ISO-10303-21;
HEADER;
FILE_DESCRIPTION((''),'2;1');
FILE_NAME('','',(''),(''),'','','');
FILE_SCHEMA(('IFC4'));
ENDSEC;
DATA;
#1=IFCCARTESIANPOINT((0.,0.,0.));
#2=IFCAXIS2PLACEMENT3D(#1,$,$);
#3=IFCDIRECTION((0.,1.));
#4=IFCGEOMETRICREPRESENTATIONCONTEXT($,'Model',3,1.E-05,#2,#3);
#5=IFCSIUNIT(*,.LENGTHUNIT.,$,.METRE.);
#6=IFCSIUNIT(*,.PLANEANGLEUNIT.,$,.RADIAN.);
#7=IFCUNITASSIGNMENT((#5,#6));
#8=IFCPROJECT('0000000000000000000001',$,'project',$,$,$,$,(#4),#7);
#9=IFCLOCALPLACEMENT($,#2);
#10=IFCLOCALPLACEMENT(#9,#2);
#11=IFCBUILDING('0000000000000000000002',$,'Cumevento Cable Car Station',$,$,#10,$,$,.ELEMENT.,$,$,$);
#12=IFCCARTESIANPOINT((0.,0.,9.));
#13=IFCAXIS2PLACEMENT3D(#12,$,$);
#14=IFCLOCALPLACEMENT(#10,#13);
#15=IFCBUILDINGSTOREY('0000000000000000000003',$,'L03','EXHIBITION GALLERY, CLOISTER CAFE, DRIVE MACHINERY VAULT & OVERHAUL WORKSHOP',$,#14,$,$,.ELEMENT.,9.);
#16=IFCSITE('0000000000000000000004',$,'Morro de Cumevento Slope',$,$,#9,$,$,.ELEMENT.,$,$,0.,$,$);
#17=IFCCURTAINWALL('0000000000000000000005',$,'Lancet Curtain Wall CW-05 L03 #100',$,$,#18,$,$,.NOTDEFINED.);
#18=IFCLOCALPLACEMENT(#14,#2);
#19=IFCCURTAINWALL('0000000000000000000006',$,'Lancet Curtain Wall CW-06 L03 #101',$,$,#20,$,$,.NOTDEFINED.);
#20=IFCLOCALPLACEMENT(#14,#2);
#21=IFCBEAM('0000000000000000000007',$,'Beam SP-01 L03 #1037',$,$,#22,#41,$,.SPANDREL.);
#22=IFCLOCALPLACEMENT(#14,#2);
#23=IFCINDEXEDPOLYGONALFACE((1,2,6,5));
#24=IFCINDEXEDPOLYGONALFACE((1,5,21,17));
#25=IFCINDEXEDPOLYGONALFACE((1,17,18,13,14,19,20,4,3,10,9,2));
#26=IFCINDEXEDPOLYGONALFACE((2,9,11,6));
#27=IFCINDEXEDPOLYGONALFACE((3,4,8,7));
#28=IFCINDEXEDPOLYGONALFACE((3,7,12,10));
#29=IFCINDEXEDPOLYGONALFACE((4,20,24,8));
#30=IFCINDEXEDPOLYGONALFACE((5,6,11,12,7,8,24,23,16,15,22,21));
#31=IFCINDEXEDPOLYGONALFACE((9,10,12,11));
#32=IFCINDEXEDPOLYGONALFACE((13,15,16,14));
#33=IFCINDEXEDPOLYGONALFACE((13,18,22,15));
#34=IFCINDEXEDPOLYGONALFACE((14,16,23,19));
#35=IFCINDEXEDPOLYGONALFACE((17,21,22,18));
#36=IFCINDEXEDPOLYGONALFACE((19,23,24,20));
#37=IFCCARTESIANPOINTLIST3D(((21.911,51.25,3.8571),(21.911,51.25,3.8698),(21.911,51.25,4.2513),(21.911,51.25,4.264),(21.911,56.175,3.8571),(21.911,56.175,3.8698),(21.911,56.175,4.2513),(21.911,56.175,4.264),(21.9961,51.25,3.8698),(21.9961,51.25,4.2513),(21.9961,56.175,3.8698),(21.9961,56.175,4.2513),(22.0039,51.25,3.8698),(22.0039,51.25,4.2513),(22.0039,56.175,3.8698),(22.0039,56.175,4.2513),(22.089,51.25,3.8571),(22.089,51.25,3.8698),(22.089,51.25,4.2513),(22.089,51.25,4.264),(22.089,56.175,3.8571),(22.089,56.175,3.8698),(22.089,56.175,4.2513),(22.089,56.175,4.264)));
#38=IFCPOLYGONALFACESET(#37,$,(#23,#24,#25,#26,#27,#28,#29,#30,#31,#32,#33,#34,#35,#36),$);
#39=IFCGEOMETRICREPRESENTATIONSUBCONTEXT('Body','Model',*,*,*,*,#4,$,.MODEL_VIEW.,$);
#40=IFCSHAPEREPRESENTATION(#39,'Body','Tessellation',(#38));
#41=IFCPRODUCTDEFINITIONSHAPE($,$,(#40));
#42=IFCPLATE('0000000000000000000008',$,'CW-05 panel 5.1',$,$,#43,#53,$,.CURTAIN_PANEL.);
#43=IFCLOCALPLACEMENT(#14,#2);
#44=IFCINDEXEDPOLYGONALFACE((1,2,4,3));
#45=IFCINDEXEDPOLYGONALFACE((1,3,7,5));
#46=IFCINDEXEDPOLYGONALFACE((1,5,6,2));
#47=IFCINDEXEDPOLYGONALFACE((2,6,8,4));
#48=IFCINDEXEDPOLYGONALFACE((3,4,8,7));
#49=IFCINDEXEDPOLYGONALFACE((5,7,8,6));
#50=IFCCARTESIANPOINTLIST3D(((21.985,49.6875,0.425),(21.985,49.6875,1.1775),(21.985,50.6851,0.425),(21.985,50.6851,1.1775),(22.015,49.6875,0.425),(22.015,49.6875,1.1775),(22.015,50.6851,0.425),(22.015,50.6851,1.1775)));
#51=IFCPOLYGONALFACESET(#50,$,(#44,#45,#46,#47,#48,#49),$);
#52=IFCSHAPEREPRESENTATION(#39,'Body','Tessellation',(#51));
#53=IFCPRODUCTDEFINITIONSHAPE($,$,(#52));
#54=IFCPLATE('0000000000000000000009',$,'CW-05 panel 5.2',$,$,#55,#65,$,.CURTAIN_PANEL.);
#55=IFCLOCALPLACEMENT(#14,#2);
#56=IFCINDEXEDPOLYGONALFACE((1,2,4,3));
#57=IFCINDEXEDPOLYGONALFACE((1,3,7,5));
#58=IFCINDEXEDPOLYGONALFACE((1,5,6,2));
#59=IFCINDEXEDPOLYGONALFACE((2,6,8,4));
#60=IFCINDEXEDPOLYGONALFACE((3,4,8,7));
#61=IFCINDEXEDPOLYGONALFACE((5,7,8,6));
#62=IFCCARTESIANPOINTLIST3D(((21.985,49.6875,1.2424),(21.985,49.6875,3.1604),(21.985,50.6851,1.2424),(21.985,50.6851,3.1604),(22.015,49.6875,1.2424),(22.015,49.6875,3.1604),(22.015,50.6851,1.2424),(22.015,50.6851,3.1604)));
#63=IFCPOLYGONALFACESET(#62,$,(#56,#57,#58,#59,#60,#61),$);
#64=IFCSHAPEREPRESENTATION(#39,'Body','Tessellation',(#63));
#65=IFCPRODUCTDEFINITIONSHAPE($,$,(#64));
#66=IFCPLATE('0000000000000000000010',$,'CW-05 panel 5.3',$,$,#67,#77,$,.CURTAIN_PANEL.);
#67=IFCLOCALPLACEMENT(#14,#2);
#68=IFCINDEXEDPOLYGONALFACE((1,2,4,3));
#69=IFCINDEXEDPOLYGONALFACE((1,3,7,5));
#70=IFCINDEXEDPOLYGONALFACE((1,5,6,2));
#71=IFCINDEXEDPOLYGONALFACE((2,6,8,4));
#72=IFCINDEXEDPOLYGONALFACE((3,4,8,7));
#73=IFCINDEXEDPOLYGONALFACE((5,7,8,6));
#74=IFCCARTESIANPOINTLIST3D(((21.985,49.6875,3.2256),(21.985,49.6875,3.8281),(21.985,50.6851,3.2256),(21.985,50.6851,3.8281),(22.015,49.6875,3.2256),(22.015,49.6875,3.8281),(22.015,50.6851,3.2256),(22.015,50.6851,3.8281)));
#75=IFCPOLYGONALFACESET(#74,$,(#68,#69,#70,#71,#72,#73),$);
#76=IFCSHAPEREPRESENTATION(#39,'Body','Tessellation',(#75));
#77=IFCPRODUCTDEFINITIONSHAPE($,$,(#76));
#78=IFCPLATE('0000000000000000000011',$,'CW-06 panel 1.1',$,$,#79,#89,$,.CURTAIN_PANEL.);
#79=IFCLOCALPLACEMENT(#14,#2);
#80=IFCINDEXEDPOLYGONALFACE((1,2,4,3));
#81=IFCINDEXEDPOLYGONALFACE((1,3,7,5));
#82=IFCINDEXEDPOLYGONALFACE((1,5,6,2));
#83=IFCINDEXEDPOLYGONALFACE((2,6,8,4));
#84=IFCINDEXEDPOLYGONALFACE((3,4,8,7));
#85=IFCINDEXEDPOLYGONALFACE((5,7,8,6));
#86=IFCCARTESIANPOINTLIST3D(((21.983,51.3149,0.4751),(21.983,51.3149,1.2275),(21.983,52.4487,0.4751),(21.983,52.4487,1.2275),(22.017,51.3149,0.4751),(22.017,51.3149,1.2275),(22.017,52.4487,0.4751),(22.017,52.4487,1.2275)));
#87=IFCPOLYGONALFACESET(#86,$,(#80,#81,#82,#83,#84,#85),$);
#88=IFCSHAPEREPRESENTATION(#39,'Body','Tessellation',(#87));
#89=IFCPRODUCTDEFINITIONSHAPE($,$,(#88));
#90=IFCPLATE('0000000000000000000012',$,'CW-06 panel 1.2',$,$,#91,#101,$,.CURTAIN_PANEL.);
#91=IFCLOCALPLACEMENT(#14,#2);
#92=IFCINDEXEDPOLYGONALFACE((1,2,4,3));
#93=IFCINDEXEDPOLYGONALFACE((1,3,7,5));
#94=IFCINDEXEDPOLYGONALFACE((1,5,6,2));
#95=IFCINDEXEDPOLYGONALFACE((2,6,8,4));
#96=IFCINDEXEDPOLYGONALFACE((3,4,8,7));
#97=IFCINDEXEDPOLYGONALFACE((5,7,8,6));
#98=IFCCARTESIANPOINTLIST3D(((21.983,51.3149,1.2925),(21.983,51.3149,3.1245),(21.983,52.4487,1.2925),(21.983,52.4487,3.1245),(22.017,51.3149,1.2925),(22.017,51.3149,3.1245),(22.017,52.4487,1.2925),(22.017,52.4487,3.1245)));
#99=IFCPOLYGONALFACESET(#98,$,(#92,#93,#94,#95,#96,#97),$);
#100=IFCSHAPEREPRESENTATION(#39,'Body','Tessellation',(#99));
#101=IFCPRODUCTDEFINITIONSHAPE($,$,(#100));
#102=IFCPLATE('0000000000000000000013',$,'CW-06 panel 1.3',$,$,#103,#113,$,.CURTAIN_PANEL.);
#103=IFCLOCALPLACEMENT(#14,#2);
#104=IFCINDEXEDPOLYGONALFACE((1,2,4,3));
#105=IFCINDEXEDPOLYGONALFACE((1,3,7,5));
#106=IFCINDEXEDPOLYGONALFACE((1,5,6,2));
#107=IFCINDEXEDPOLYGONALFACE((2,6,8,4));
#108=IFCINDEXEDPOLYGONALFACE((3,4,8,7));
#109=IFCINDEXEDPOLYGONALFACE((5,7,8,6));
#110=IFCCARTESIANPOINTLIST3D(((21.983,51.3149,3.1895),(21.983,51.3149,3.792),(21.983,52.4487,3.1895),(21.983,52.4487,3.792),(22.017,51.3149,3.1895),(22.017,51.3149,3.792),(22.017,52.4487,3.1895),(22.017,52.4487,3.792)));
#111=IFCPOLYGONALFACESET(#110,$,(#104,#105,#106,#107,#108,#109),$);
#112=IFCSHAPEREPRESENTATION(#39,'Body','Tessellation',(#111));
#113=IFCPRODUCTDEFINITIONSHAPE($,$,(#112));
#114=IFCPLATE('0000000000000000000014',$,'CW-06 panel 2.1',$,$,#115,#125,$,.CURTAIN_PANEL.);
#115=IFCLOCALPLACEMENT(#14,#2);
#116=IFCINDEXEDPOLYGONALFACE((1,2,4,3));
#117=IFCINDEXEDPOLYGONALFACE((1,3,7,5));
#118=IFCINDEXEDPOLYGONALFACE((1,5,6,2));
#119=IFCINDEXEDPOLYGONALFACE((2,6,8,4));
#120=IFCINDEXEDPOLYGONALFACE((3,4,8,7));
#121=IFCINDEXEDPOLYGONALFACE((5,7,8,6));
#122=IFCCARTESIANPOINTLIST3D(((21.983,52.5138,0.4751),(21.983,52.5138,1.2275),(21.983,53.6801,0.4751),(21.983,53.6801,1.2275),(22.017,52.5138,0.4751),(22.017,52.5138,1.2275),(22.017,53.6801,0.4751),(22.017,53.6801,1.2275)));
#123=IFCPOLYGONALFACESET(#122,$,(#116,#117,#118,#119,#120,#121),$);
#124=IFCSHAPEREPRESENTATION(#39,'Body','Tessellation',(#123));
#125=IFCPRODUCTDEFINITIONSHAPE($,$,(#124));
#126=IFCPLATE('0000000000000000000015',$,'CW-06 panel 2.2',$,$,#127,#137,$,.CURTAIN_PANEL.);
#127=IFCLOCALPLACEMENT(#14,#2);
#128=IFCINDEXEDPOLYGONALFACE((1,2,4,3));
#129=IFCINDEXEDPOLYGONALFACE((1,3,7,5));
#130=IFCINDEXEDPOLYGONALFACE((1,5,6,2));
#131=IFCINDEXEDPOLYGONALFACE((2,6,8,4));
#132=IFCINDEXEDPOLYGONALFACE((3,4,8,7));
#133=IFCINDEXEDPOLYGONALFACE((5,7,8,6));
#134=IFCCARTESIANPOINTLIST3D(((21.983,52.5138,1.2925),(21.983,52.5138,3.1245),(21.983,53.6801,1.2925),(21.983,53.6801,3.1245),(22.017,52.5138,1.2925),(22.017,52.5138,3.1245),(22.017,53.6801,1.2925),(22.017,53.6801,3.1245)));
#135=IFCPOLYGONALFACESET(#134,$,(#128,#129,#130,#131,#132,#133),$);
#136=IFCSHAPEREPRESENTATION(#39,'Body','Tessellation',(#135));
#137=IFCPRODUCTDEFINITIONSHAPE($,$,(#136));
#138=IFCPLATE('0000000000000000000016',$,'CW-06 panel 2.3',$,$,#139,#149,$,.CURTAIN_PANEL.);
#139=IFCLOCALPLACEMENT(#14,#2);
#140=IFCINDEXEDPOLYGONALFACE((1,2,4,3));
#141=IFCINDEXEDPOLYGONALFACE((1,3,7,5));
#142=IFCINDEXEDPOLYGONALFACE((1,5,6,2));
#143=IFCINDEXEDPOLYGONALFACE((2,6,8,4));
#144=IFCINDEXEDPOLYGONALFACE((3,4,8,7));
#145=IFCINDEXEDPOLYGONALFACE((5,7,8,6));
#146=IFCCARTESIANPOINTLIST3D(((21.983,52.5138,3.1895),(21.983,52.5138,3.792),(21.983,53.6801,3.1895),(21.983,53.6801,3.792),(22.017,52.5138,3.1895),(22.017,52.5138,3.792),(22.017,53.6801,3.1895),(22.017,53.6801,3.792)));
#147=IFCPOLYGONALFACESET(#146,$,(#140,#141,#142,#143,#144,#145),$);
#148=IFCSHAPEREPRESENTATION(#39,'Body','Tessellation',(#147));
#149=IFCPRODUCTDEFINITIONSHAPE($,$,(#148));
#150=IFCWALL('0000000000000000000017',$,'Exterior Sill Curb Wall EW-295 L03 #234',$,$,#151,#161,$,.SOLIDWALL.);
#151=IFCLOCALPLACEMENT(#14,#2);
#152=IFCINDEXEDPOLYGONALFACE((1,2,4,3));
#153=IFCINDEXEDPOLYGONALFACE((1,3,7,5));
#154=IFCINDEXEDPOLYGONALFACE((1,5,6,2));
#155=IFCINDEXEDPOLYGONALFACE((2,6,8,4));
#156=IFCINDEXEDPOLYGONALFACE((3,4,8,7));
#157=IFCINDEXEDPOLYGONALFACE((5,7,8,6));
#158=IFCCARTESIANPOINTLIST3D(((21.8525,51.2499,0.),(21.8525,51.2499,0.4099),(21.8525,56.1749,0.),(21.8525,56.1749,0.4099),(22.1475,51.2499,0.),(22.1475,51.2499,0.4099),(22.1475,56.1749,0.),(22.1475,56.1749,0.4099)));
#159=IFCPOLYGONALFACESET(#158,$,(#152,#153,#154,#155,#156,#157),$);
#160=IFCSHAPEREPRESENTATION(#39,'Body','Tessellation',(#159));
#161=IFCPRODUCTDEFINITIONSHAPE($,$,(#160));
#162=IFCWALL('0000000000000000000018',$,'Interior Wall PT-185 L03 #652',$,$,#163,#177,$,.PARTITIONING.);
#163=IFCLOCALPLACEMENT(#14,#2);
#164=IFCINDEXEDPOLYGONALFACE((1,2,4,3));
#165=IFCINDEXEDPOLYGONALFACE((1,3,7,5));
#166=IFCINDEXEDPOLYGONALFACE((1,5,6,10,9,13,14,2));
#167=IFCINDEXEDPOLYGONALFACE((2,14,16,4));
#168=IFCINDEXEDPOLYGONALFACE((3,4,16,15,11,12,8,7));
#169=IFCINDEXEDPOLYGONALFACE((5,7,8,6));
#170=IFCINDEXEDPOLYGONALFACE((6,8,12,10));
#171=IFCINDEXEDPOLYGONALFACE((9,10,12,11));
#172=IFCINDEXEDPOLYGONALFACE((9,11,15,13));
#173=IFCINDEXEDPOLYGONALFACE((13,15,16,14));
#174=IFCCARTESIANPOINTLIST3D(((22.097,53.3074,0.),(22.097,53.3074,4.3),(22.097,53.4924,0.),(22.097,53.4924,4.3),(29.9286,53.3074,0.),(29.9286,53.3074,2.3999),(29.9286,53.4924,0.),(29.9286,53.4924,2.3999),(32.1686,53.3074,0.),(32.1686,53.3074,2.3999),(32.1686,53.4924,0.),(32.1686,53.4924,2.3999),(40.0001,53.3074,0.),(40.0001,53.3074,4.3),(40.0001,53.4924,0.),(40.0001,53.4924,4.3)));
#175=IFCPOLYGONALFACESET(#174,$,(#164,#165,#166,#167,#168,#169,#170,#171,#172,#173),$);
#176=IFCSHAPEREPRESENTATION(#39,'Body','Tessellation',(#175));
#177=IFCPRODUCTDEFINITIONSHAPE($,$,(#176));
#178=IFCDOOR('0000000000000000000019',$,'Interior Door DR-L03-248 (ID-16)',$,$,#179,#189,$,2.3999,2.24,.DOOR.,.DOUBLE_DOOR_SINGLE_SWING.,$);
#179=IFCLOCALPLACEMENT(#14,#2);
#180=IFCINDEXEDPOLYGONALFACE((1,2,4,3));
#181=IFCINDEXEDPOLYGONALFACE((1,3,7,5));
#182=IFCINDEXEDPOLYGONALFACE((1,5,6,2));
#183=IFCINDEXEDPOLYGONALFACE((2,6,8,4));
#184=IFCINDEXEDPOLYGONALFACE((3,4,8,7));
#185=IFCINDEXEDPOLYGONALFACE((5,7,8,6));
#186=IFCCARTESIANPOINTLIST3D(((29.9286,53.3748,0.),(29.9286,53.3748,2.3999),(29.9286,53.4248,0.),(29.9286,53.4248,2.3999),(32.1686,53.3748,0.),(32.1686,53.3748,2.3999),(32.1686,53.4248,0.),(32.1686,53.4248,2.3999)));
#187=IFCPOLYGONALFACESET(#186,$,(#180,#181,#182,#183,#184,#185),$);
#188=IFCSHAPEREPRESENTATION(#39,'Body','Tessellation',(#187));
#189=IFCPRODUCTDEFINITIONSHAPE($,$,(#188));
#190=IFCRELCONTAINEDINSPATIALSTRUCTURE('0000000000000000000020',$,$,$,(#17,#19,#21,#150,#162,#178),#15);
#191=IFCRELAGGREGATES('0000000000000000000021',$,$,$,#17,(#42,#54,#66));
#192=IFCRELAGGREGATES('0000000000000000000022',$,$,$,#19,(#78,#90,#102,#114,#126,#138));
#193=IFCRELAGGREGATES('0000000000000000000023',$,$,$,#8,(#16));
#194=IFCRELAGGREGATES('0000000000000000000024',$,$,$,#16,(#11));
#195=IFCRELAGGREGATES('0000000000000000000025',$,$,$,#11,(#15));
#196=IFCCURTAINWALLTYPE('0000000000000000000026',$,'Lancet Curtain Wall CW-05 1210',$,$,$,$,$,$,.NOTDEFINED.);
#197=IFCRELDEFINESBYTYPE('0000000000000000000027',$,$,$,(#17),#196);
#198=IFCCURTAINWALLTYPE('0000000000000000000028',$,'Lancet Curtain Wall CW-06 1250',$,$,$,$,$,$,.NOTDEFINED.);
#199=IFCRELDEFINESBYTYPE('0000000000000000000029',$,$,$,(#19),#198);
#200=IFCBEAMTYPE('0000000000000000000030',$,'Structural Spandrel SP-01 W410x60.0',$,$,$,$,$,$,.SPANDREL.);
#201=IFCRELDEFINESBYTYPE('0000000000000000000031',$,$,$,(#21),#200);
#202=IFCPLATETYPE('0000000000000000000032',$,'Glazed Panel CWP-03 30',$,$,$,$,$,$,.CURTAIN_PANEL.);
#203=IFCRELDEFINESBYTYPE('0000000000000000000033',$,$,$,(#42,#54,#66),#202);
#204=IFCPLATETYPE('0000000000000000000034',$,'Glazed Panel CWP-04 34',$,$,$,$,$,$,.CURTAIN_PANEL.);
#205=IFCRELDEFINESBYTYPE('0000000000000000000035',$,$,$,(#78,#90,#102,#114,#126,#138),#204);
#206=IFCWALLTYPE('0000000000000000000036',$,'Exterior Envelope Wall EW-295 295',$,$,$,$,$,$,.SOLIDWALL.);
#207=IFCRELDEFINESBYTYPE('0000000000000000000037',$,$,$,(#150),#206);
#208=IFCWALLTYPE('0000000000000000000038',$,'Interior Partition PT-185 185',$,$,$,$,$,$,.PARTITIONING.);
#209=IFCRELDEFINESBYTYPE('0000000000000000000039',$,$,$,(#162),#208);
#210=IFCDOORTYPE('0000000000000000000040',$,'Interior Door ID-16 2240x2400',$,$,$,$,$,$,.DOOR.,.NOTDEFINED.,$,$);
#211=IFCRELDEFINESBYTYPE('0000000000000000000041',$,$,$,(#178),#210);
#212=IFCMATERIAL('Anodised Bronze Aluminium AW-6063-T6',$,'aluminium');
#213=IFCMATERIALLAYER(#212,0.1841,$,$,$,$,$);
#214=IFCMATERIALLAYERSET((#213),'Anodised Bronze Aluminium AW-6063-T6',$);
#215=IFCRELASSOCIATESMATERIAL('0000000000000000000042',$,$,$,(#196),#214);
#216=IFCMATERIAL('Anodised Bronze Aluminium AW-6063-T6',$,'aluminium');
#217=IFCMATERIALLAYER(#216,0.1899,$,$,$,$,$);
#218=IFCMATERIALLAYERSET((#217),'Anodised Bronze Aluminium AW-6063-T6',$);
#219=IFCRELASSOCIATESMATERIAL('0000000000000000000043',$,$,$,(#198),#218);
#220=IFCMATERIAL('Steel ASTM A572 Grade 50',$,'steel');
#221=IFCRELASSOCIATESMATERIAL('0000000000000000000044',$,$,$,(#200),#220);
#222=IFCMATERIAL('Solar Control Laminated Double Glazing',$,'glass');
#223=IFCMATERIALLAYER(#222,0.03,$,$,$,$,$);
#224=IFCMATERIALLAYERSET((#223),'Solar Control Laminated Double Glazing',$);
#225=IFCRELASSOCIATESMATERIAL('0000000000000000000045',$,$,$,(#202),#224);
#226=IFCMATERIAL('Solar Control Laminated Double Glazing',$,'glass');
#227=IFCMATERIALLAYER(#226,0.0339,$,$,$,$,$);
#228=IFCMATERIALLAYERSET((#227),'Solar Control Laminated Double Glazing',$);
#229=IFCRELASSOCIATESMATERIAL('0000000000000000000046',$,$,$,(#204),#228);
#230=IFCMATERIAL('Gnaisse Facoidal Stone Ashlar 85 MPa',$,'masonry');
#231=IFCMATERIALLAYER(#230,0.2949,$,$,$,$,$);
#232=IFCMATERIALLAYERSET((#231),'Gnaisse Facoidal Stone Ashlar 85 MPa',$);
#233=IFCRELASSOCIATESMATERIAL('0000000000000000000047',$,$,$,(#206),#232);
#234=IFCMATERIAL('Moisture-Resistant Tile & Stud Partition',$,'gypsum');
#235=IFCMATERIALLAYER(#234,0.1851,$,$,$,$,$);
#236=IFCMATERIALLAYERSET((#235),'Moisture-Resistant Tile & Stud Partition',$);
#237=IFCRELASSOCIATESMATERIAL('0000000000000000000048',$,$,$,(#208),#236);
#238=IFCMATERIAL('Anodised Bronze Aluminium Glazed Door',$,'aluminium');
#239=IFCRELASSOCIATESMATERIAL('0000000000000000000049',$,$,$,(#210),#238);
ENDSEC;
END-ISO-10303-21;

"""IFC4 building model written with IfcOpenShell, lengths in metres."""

from ifc_helpers import new_model, si_unit, direction, frame, frame_2d, origin, origin_2d, place, context, subcontext, project, spatial, rectangle, i_section, extrude, material, layer, layer_set, material_profile, profile_set, type_object, element, fill, aggregate, save


model = new_model("IFC4")

# Units and contexts
model_context = context("Model", 3, precision=1e-05, world=origin(), true_north=direction((0.0, 1.0)))
body_context = subcontext(model_context, "Body", "Model", "MODEL_VIEW")
ifc_project = project(units=[si_unit("LENGTHUNIT", "METRE"), si_unit("PLANEANGLEUNIT", "RADIAN")], contexts=[model_context])

# Site, building, storey
site_placement = place(None, origin())
site = spatial("IfcSite", under=ifc_project, at=site_placement, Name="Morro de Cumevento Slope", CompositionType="ELEMENT", RefElevation=0.0)
building_placement = place(site_placement, origin())
building = spatial("IfcBuilding", under=site, at=building_placement, Name="Cumevento Cable Car Station", CompositionType="ELEMENT")
storey_placement = place(building_placement, frame((0.0, 0.0, 9.0)))
storey = spatial("IfcBuildingStorey", under=building, at=storey_placement, Name="L03", Description="EXHIBITION GALLERY, CLOISTER CAFE, DRIVE MACHINERY VAULT & OVERHAUL WORKSHOP", CompositionType="ELEMENT", Elevation=9.0)

# Curtain wall
ifc_material_1 = material(Name="Anodised Bronze Aluminium AW-6063-T6", Category="aluminium")
ifc_layer_1 = layer(ifc_material_1, 0.1841)
ifc_layer_set_1 = layer_set([ifc_layer_1], Name="Anodised Bronze Aluminium AW-6063-T6")
curtain_wall_type_1 = type_object("IfcCurtainWallType", Name="Lancet Curtain Wall CW-05 1210", PredefinedType="NOTDEFINED", material=ifc_layer_set_1)
curtain_wall_1_placement = place(storey_placement, origin())
curtain_wall_1 = element("IfcCurtainWall", 1, at=curtain_wall_1_placement, inside=storey, type_object=curtain_wall_type_1, Name="Lancet Curtain Wall CW-05 L03 #100", PredefinedType="NOTDEFINED")

# Curtain wall
ifc_material_2 = material(Name="Anodised Bronze Aluminium AW-6063-T6", Category="aluminium")
ifc_layer_2 = layer(ifc_material_2, 0.1899)
ifc_layer_set_2 = layer_set([ifc_layer_2], Name="Anodised Bronze Aluminium AW-6063-T6")
curtain_wall_type_2 = type_object("IfcCurtainWallType", Name="Lancet Curtain Wall CW-06 1250", PredefinedType="NOTDEFINED", material=ifc_layer_set_2)
curtain_wall_2_placement = place(storey_placement, origin())
curtain_wall_2 = element("IfcCurtainWall", 2, at=curtain_wall_2_placement, inside=storey, type_object=curtain_wall_type_2, Name="Lancet Curtain Wall CW-06 L03 #101", PredefinedType="NOTDEFINED")

# Beam
ifc_material_3 = material(Name="Steel ASTM A572 Grade 50", Category="steel")
ifc_material_profile_1 = material_profile(ifc_material_3, i_section(OverallWidth=0.178, OverallDepth=0.407, WebThickness=0.0078, FlangeThickness=0.0127, at=origin_2d()), Name="W410x60.0")
ifc_profile_set_1 = profile_set([ifc_material_profile_1], Name="Steel ASTM A572 Grade 50")
beam_type_1 = type_object("IfcBeamType", Name="Structural Spandrel SP-01 W410x60.0", PredefinedType="SPANDREL", material=ifc_profile_set_1)
beam_1_placement = place(storey_placement, frame((22.0, 51.25, 4.0605), z_axis=(0.0, 1.0, 0.0), x_axis=(-1.0, 0.0, 0.0)))
element("IfcBeam", 3, at=beam_1_placement, inside=storey, type_object=beam_type_1, Name="Beam SP-01 L03 #1037", PredefinedType="SPANDREL", context=body_context, shape_type="SweptSolid", body=[
    extrude(i_section(OverallWidth=0.178, OverallDepth=0.407, WebThickness=0.0078, FlangeThickness=0.0127, at=origin_2d()), origin(), (0.0, 0.0, 1.0), 4.925),
])

# Plates
ifc_material_4 = material(Name="Solar Control Laminated Double Glazing", Category="glass")
ifc_layer_3 = layer(ifc_material_4, 0.03)
ifc_layer_set_3 = layer_set([ifc_layer_3], Name="Solar Control Laminated Double Glazing")
plate_type_1 = type_object("IfcPlateType", Name="Glazed Panel CWP-03 30", PredefinedType="CURTAIN_PANEL", material=ifc_layer_set_3)
plate_1_placement = place(storey_placement, frame((22.0, 50.1863, 0.425), z_axis=(0.0, 0.0, 1.0), x_axis=(0.0, 1.0, 0.0)))
plate_1 = element("IfcPlate", 4, at=plate_1_placement, type_object=plate_type_1, Name="CW-05 panel 5.1", PredefinedType="CURTAIN_PANEL", context=body_context, shape_type="SweptSolid", body=[
    extrude(rectangle(XDim=0.9976, YDim=0.03, at=origin_2d()), origin(), (0.0, 0.0, 1.0), 0.7524),
])
plate_2_placement = place(storey_placement, frame((22.0, 50.1863, 1.2424), z_axis=(0.0, 0.0, 1.0), x_axis=(0.0, 1.0, 0.0)))
plate_2 = element("IfcPlate", 5, at=plate_2_placement, type_object=plate_type_1, Name="CW-05 panel 5.2", PredefinedType="CURTAIN_PANEL", context=body_context, shape_type="SweptSolid", body=[
    extrude(rectangle(XDim=0.9976, YDim=0.03, at=origin_2d()), origin(), (0.0, 0.0, 1.0), 1.918),
])
plate_3_placement = place(storey_placement, frame((22.0, 50.1863, 3.2256), z_axis=(0.0, 0.0, 1.0), x_axis=(0.0, 1.0, 0.0)))
plate_3 = element("IfcPlate", 6, at=plate_3_placement, type_object=plate_type_1, Name="CW-05 panel 5.3", PredefinedType="CURTAIN_PANEL", context=body_context, shape_type="SweptSolid", body=[
    extrude(rectangle(XDim=0.9976, YDim=0.03, at=origin_2d()), origin(), (0.0, 0.0, 1.0), 0.6025),
])
aggregate(curtain_wall_1, [plate_1, plate_2, plate_3])
ifc_material_5 = material(Name="Solar Control Laminated Double Glazing", Category="glass")
ifc_layer_4 = layer(ifc_material_5, 0.0339)
ifc_layer_set_4 = layer_set([ifc_layer_4], Name="Solar Control Laminated Double Glazing")
plate_type_2 = type_object("IfcPlateType", Name="Glazed Panel CWP-04 34", PredefinedType="CURTAIN_PANEL", material=ifc_layer_set_4)
plate_4_placement = place(storey_placement, frame((22.0, 51.8818, 0.4751), z_axis=(0.0, 0.0, 1.0), x_axis=(0.0, 1.0, 0.0)))
plate_4 = element("IfcPlate", 7, at=plate_4_placement, type_object=plate_type_2, Name="CW-06 panel 1.1", PredefinedType="CURTAIN_PANEL", context=body_context, shape_type="SweptSolid", body=[
    extrude(rectangle(XDim=1.1338, YDim=0.0339, at=origin_2d()), origin(), (0.0, 0.0, 1.0), 0.7524),
])
plate_5_placement = place(storey_placement, frame((22.0, 51.8818, 1.2925), z_axis=(0.0, 0.0, 1.0), x_axis=(0.0, 1.0, 0.0)))
plate_5 = element("IfcPlate", 8, at=plate_5_placement, type_object=plate_type_2, Name="CW-06 panel 1.2", PredefinedType="CURTAIN_PANEL", context=body_context, shape_type="SweptSolid", body=[
    extrude(rectangle(XDim=1.1338, YDim=0.0339, at=origin_2d()), origin(), (0.0, 0.0, 1.0), 1.832),
])
plate_6_placement = place(storey_placement, frame((22.0, 51.8818, 3.1895), z_axis=(0.0, 0.0, 1.0), x_axis=(0.0, 1.0, 0.0)))
plate_6 = element("IfcPlate", 9, at=plate_6_placement, type_object=plate_type_2, Name="CW-06 panel 1.3", PredefinedType="CURTAIN_PANEL", context=body_context, shape_type="SweptSolid", body=[
    extrude(rectangle(XDim=1.1338, YDim=0.0339, at=origin_2d()), origin(), (0.0, 0.0, 1.0), 0.6025),
])
plate_7_placement = place(storey_placement, frame((22.0, 53.0969, 0.4751), z_axis=(0.0, 0.0, 1.0), x_axis=(0.0, 1.0, 0.0)))
plate_7 = element("IfcPlate", 10, at=plate_7_placement, type_object=plate_type_2, Name="CW-06 panel 2.1", PredefinedType="CURTAIN_PANEL", context=body_context, shape_type="SweptSolid", body=[
    extrude(rectangle(XDim=1.1663, YDim=0.0339, at=origin_2d()), origin(), (0.0, 0.0, 1.0), 0.7524),
])
plate_8_placement = place(storey_placement, frame((22.0, 53.0969, 1.2925), z_axis=(0.0, 0.0, 1.0), x_axis=(0.0, 1.0, 0.0)))
plate_8 = element("IfcPlate", 11, at=plate_8_placement, type_object=plate_type_2, Name="CW-06 panel 2.2", PredefinedType="CURTAIN_PANEL", context=body_context, shape_type="SweptSolid", body=[
    extrude(rectangle(XDim=1.1663, YDim=0.0339, at=origin_2d()), origin(), (0.0, 0.0, 1.0), 1.832),
])
plate_9_placement = place(storey_placement, frame((22.0, 53.0969, 3.1895), z_axis=(0.0, 0.0, 1.0), x_axis=(0.0, 1.0, 0.0)))
plate_9 = element("IfcPlate", 12, at=plate_9_placement, type_object=plate_type_2, Name="CW-06 panel 2.3", PredefinedType="CURTAIN_PANEL", context=body_context, shape_type="SweptSolid", body=[
    extrude(rectangle(XDim=1.1663, YDim=0.0339, at=origin_2d()), origin(), (0.0, 0.0, 1.0), 0.6025),
])
aggregate(curtain_wall_2, [plate_4, plate_5, plate_6, plate_7, plate_8, plate_9])

# Wall
ifc_material_6 = material(Name="Gnaisse Facoidal Stone Ashlar 85 MPa", Category="masonry")
ifc_layer_5 = layer(ifc_material_6, 0.2949)
ifc_layer_set_5 = layer_set([ifc_layer_5], Name="Gnaisse Facoidal Stone Ashlar 85 MPa")
wall_type_1 = type_object("IfcWallType", Name="Exterior Envelope Wall EW-295 295", PredefinedType="SOLIDWALL", material=ifc_layer_set_5)
wall_1_placement = place(storey_placement, frame((22.0, 51.25, 0.0), z_axis=(0.0, 0.0, 1.0), x_axis=(0.0, 1.0, 0.0)))
element("IfcWall", 13, at=wall_1_placement, inside=storey, type_object=wall_type_1, Name="Exterior Sill Curb Wall EW-295 L03 #234", PredefinedType="SOLIDWALL", context=body_context, shape_type="SweptSolid", body=[
    extrude(rectangle(XDim=4.925, YDim=0.2949, at=frame_2d((2.4624, 0.0))), origin(), (0.0, 0.0, 1.0), 0.4099),
])

# Wall, opening, door
ifc_material_7 = material(Name="Moisture-Resistant Tile & Stud Partition", Category="gypsum")
ifc_layer_6 = layer(ifc_material_7, 0.1851)
ifc_layer_set_6 = layer_set([ifc_layer_6], Name="Moisture-Resistant Tile & Stud Partition")
wall_type_2 = type_object("IfcWallType", Name="Interior Partition PT-185 185", PredefinedType="PARTITIONING", material=ifc_layer_set_6)
wall_2_placement = place(storey_placement, frame((22.0969, 53.3999, 0.0), z_axis=(0.0, 0.0, 1.0), x_axis=(1.0, 0.0, 0.0)))
wall_2 = element("IfcWall", 14, at=wall_2_placement, inside=storey, type_object=wall_type_2, Name="Interior Wall PT-185 L03 #652", PredefinedType="PARTITIONING", context=body_context, shape_type="SweptSolid", body=[
    extrude(rectangle(XDim=17.9031, YDim=0.1851, at=frame_2d((8.9517, 0.0))), origin(), (0.0, 0.0, 1.0), 4.3),
])
opening_placement = place(wall_2_placement, frame((7.8315, 0.0, 0.0)))
opening = element("IfcOpeningElement", 15, at=opening_placement, cuts=wall_2, PredefinedType="OPENING", context=body_context, shape_type="SweptSolid", body=[
    extrude(rectangle(XDim=2.24, YDim=2.3999, at=frame_2d((1.1201, 1.2))), frame((0.0, 0.1025, 0.0), z_axis=(0.0, -1.0, 0.0), x_axis=(1.0, 0.0, 0.0)), (0.0, 0.0, 1.0), 0.2051),
])
ifc_material_8 = material(Name="Anodised Bronze Aluminium Glazed Door", Category="aluminium")
door_type = type_object("IfcDoorType", Name="Interior Door ID-16 2240x2400", OperationType="NOTDEFINED", PredefinedType="DOOR", material=ifc_material_8)
door_placement = place(opening_placement, origin())
door = element("IfcDoor", 16, at=door_placement, inside=storey, type_object=door_type, Name="Interior Door DR-L03-248 (ID-16)", OperationType="DOUBLE_DOOR_SINGLE_SWING", OverallHeight=2.3999, OverallWidth=2.24, PredefinedType="DOOR", context=body_context, shape_type="SweptSolid", body=[
    extrude(rectangle(XDim=2.24, YDim=2.3999, at=frame_2d((1.1201, 1.2))), frame((0.0, 0.0249, 0.0), z_axis=(0.0, -1.0, 0.0), x_axis=(1.0, 0.0, 0.0)), (0.0, 0.0, 1.0), 0.05),
])
fill(opening, door)

save(model, "model.ifc")
